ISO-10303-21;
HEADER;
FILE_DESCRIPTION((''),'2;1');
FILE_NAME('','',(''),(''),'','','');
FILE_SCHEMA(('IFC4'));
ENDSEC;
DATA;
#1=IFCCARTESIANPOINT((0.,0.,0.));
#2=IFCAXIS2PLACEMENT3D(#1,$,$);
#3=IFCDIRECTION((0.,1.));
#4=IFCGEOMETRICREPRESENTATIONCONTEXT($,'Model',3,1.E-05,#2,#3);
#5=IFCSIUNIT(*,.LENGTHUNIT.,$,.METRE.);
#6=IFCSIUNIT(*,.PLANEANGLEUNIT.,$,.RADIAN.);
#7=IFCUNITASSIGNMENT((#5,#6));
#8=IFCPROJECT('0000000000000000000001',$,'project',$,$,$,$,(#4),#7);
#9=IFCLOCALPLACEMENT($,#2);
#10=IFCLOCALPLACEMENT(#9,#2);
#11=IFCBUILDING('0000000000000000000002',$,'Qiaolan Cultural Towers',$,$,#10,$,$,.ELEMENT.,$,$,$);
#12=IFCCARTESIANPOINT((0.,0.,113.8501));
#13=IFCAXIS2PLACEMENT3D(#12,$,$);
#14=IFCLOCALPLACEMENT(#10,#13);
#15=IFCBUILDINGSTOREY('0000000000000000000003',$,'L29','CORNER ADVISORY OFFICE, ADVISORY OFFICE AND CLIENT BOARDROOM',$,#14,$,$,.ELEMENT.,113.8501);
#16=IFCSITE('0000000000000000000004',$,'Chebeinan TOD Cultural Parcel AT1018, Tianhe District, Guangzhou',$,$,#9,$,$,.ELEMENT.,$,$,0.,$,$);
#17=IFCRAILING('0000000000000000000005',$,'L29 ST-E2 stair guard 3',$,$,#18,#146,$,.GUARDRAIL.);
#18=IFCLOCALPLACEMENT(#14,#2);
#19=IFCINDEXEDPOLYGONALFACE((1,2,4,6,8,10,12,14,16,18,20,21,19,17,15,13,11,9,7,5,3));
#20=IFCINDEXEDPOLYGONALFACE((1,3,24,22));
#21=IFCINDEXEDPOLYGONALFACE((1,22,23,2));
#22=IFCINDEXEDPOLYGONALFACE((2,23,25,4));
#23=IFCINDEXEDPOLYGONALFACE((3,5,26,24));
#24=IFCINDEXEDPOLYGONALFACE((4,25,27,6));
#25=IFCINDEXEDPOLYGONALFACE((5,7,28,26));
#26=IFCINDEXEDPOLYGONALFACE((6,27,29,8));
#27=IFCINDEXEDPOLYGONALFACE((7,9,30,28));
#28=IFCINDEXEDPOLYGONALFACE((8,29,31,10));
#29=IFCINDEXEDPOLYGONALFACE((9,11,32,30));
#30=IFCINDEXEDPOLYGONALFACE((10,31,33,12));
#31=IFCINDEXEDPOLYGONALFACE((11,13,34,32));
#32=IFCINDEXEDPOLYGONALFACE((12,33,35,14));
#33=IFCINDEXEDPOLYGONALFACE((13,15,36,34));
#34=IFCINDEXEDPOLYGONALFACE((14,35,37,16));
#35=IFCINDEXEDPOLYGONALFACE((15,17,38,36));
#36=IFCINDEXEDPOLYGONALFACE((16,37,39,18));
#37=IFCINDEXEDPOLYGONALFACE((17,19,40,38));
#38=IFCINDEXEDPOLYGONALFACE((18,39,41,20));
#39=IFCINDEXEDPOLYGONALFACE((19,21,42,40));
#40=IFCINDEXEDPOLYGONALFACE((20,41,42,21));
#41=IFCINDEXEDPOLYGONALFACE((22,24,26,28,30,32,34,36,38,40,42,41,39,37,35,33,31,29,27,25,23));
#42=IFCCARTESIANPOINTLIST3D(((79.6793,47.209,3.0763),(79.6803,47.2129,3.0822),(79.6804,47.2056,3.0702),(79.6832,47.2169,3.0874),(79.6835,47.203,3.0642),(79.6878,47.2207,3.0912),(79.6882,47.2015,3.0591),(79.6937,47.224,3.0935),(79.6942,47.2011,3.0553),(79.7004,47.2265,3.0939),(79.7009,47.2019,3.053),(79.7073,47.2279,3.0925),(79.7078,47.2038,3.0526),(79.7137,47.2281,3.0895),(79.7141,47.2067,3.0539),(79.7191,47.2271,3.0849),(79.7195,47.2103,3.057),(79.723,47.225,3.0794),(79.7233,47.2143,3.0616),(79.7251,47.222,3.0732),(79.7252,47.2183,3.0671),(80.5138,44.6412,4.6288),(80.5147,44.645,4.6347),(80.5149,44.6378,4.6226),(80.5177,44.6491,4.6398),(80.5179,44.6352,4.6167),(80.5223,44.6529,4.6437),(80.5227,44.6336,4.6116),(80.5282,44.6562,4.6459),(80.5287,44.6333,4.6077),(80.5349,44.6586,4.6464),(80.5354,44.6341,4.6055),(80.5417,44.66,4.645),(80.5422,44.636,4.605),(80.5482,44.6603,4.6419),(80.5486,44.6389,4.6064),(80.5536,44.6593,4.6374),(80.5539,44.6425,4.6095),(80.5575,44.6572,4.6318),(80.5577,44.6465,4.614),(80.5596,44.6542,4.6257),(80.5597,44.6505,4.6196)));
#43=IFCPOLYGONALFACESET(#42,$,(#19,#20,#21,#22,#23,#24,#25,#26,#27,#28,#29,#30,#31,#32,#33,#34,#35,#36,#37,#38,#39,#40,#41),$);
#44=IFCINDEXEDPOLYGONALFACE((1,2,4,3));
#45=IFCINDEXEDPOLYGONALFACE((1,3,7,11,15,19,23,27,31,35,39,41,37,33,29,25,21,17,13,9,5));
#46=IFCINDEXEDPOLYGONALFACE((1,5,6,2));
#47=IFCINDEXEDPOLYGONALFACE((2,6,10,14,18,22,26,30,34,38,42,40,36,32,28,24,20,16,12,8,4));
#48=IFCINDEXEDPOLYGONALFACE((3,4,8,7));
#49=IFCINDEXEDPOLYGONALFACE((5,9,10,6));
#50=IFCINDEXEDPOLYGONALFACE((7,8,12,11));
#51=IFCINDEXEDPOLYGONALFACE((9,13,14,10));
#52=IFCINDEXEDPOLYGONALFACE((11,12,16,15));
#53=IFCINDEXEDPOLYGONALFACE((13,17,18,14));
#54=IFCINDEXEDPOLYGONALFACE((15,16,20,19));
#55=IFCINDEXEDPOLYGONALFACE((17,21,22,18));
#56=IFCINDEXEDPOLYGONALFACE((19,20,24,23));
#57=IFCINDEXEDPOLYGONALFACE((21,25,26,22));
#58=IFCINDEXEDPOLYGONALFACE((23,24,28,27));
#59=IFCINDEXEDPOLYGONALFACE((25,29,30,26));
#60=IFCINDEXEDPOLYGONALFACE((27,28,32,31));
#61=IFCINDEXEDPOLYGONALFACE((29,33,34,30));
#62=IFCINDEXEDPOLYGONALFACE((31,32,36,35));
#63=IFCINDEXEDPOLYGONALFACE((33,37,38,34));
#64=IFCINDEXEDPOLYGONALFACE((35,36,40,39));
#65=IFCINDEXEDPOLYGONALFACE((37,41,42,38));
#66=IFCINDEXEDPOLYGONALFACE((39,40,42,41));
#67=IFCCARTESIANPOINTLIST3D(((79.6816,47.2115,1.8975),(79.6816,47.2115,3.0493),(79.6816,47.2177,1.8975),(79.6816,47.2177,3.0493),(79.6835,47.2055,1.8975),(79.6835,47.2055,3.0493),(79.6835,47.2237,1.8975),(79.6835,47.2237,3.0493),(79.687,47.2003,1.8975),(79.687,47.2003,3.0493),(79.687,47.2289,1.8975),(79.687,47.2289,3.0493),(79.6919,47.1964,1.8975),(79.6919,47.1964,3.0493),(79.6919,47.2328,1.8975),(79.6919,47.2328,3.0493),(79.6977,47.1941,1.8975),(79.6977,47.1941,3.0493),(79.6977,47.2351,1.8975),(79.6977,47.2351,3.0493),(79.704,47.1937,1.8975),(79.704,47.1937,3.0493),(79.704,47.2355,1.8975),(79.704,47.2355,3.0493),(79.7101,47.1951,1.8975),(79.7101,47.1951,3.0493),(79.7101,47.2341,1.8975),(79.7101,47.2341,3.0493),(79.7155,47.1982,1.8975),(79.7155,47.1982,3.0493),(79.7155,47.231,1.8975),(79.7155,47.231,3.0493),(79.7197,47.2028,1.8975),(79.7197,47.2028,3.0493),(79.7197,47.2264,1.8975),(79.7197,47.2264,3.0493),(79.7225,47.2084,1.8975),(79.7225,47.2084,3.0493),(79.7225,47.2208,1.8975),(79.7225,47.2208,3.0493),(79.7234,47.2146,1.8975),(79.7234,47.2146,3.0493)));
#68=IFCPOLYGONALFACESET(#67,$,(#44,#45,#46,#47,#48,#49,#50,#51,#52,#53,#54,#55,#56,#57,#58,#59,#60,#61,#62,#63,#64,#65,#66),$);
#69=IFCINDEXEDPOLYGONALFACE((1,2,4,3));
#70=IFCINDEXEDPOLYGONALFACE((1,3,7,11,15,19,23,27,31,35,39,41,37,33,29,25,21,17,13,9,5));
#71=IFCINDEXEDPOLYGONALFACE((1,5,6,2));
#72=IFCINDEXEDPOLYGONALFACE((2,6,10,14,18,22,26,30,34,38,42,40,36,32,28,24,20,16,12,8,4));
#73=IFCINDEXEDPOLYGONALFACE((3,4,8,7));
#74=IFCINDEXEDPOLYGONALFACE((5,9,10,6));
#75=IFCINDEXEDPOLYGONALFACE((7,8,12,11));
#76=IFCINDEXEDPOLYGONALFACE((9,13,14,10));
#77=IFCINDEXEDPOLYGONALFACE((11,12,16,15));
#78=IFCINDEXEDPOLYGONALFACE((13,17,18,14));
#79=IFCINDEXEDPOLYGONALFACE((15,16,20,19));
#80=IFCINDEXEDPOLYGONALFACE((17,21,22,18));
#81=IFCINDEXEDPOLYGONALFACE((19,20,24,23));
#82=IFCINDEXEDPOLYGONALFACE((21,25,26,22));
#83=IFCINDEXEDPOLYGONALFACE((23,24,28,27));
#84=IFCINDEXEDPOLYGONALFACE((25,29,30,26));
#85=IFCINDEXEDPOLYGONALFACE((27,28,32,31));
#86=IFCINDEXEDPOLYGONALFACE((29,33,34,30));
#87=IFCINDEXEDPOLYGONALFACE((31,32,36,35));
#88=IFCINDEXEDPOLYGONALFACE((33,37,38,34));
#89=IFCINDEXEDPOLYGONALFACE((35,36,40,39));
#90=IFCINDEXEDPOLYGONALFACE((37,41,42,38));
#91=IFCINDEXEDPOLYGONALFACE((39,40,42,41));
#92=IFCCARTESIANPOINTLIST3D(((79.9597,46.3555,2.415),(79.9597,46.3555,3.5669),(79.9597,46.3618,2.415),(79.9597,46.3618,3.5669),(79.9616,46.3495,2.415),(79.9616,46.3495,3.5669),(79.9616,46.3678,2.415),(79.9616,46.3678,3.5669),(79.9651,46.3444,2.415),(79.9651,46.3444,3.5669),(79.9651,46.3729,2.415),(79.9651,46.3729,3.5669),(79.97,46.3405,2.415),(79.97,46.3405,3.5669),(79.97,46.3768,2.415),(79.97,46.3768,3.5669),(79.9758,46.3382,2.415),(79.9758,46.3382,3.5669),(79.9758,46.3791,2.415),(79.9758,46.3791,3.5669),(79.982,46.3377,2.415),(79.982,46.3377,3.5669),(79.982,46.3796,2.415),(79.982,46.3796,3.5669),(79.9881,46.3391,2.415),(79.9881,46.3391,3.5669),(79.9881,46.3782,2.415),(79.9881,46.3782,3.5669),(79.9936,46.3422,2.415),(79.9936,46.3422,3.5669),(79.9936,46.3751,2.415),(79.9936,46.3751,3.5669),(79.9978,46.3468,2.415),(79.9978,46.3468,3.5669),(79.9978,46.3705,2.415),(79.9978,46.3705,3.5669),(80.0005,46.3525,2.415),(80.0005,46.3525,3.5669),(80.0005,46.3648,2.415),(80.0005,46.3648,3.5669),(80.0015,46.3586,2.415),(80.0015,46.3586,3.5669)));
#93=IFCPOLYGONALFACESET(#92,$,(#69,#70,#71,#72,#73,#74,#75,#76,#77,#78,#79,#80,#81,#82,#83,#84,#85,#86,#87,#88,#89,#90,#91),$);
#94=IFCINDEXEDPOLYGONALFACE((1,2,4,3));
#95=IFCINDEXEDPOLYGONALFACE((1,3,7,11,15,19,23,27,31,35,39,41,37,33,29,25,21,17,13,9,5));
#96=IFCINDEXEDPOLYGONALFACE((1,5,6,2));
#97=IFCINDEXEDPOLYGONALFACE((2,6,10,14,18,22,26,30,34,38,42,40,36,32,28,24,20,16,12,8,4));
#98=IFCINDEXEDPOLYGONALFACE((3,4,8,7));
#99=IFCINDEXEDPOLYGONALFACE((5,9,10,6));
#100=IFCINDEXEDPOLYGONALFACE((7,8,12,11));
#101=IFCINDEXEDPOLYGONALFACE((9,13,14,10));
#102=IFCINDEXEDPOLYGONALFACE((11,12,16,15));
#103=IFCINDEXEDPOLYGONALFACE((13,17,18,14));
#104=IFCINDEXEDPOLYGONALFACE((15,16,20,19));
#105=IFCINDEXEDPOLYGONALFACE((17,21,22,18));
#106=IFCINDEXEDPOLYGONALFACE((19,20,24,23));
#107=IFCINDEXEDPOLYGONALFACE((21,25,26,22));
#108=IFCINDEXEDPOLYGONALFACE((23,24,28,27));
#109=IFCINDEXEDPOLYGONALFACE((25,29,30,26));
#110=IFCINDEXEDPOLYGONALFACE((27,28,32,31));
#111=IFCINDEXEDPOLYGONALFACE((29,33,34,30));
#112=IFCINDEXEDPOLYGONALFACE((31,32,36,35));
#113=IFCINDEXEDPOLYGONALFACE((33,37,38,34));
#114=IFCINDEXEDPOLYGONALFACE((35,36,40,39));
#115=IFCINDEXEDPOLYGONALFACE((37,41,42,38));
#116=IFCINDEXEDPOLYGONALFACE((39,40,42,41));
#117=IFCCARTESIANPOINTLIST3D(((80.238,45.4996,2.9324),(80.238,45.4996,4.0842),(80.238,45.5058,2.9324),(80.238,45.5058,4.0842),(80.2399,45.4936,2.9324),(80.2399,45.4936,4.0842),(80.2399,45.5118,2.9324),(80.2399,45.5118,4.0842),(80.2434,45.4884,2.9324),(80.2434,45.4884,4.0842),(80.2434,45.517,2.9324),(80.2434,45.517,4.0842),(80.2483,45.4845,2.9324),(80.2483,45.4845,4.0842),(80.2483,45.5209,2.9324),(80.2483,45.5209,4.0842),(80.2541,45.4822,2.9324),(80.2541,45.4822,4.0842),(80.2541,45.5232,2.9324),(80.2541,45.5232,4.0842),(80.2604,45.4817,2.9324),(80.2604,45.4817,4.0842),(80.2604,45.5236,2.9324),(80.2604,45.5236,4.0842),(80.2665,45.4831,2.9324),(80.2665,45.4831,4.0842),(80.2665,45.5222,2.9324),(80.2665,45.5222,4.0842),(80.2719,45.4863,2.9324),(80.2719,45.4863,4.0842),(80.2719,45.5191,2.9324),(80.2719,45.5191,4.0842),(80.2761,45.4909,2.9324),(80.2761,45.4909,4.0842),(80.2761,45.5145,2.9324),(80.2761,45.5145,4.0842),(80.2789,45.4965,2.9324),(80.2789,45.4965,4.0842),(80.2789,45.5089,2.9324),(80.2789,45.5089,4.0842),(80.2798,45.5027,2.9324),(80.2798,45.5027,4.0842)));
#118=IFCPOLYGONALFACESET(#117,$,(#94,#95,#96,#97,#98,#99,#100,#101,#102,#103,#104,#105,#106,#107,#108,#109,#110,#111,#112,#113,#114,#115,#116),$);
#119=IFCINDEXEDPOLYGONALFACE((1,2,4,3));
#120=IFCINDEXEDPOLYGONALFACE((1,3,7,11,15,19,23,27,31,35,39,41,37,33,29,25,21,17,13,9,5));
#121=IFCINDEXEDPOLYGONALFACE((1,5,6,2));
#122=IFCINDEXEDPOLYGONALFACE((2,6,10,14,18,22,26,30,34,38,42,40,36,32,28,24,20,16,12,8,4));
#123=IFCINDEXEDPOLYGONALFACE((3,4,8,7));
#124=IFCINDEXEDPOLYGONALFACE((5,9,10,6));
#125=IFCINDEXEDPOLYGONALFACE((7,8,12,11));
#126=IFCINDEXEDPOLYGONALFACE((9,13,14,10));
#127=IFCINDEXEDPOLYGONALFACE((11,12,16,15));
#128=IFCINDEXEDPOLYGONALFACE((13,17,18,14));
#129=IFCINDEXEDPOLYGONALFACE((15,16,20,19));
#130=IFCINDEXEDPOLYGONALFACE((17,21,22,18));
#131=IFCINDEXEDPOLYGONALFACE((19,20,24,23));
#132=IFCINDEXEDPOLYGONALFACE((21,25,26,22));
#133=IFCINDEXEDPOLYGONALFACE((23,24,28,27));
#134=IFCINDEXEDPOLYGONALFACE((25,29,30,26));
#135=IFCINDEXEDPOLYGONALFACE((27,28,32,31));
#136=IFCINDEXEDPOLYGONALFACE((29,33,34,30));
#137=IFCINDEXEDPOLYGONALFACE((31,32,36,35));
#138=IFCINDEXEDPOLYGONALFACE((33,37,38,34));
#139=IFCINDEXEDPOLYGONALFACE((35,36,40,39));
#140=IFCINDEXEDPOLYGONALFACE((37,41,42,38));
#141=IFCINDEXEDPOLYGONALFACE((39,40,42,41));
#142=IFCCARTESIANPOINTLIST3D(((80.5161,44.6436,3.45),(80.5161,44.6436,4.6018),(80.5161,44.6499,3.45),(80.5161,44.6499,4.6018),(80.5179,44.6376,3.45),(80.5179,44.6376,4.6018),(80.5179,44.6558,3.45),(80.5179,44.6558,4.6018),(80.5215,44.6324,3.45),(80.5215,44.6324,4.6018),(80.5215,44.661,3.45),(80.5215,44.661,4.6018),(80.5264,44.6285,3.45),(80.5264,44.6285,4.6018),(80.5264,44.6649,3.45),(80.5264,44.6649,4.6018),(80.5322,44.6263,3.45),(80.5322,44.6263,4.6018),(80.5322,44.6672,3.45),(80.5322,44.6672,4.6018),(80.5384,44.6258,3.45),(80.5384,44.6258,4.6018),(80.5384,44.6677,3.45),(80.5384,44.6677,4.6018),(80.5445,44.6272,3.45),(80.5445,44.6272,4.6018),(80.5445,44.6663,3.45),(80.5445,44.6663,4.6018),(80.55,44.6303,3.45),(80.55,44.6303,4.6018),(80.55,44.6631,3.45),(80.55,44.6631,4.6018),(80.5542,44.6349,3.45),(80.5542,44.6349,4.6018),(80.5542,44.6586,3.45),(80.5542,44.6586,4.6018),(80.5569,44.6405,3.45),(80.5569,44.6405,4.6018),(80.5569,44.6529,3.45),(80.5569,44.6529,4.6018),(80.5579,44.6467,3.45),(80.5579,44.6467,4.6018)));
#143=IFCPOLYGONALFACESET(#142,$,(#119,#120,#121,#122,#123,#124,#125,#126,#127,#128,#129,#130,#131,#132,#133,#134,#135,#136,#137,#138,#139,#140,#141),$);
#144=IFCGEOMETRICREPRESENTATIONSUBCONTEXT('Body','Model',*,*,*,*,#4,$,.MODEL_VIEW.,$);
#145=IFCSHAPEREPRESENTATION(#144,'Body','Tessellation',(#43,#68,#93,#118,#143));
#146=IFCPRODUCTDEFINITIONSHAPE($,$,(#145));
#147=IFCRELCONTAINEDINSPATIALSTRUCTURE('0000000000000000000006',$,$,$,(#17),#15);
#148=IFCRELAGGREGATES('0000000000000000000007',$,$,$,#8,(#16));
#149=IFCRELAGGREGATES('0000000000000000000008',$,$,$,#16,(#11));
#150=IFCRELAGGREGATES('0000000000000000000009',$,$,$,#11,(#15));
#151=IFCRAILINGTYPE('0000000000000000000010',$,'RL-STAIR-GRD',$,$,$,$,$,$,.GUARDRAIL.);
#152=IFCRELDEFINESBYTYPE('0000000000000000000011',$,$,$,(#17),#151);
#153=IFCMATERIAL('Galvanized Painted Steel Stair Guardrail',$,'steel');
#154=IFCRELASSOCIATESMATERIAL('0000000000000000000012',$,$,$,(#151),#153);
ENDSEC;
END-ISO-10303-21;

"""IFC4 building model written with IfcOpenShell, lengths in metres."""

from ifc_helpers import new_model, si_unit, direction, frame, origin, origin_2d, place, context, subcontext, project, spatial, circle, extrude, material, type_object, element, save


model = new_model("IFC4")

# Units and contexts
model_context = context("Model", 3, precision=1e-05, world=origin(), true_north=direction((0.0, 1.0)))
body_context = subcontext(model_context, "Body", "Model", "MODEL_VIEW")
ifc_project = project(units=[si_unit("LENGTHUNIT", "METRE"), si_unit("PLANEANGLEUNIT", "RADIAN")], contexts=[model_context])

# Site, building, storey
site_placement = place(None, origin())
site = spatial("IfcSite", under=ifc_project, at=site_placement, Name="Chebeinan TOD Cultural Parcel AT1018, Tianhe District, Guangzhou", CompositionType="ELEMENT", RefElevation=0.0)
building_placement = place(site_placement, origin())
building = spatial("IfcBuilding", under=site, at=building_placement, Name="Qiaolan Cultural Towers", CompositionType="ELEMENT")
storey_placement = place(building_placement, frame((0.0, 0.0, 113.8501)))
storey = spatial("IfcBuildingStorey", under=building, at=storey_placement, Name="L29", Description="CORNER ADVISORY OFFICE, ADVISORY OFFICE AND CLIENT BOARDROOM", CompositionType="ELEMENT", Elevation=113.8501)

# Railing
ifc_material_1 = material(Name="Galvanized Painted Steel Stair Guardrail", Category="steel")
railing_type_1 = type_object("IfcRailingType", Name="RL-STAIR-GRD", PredefinedType="GUARDRAIL", material=ifc_material_1)
railing_1_placement = place(storey_placement, frame((79.7024, 47.2146, 1.8975)))
element("IfcRailing", 1, at=railing_1_placement, inside=storey, type_object=railing_type_1, Name="L29 ST-E2 stair guard 3", PredefinedType="GUARDRAIL", context=body_context, shape_type="SweptSolid", body=[
    extrude(circle(Radius=0.0239, at=origin_2d()), frame((0.0, 0.0, 1.1758), z_axis=(0.267926, -0.824471, 0.498461), x_axis=(0.951043, 0.309057, 0.0)), (0.0, 0.0, 1.0), 3.1145),
    extrude(circle(Radius=0.021, at=origin_2d()), origin(), (0.0, 0.0, 1.0), 1.1519),
    extrude(circle(Radius=0.021, at=origin_2d()), frame((0.2781, -0.856, 0.5176)), (0.0, 0.0, 1.0), 1.1519),
    extrude(circle(Radius=0.021, at=origin_2d()), frame((0.5564, -1.7119, 1.0349)), (0.0, 0.0, 1.0), 1.1519),
    extrude(circle(Radius=0.021, at=origin_2d()), frame((0.8345, -2.5679, 1.5525)), (0.0, 0.0, 1.0), 1.1519),
])

save(model, "model.ifc")
